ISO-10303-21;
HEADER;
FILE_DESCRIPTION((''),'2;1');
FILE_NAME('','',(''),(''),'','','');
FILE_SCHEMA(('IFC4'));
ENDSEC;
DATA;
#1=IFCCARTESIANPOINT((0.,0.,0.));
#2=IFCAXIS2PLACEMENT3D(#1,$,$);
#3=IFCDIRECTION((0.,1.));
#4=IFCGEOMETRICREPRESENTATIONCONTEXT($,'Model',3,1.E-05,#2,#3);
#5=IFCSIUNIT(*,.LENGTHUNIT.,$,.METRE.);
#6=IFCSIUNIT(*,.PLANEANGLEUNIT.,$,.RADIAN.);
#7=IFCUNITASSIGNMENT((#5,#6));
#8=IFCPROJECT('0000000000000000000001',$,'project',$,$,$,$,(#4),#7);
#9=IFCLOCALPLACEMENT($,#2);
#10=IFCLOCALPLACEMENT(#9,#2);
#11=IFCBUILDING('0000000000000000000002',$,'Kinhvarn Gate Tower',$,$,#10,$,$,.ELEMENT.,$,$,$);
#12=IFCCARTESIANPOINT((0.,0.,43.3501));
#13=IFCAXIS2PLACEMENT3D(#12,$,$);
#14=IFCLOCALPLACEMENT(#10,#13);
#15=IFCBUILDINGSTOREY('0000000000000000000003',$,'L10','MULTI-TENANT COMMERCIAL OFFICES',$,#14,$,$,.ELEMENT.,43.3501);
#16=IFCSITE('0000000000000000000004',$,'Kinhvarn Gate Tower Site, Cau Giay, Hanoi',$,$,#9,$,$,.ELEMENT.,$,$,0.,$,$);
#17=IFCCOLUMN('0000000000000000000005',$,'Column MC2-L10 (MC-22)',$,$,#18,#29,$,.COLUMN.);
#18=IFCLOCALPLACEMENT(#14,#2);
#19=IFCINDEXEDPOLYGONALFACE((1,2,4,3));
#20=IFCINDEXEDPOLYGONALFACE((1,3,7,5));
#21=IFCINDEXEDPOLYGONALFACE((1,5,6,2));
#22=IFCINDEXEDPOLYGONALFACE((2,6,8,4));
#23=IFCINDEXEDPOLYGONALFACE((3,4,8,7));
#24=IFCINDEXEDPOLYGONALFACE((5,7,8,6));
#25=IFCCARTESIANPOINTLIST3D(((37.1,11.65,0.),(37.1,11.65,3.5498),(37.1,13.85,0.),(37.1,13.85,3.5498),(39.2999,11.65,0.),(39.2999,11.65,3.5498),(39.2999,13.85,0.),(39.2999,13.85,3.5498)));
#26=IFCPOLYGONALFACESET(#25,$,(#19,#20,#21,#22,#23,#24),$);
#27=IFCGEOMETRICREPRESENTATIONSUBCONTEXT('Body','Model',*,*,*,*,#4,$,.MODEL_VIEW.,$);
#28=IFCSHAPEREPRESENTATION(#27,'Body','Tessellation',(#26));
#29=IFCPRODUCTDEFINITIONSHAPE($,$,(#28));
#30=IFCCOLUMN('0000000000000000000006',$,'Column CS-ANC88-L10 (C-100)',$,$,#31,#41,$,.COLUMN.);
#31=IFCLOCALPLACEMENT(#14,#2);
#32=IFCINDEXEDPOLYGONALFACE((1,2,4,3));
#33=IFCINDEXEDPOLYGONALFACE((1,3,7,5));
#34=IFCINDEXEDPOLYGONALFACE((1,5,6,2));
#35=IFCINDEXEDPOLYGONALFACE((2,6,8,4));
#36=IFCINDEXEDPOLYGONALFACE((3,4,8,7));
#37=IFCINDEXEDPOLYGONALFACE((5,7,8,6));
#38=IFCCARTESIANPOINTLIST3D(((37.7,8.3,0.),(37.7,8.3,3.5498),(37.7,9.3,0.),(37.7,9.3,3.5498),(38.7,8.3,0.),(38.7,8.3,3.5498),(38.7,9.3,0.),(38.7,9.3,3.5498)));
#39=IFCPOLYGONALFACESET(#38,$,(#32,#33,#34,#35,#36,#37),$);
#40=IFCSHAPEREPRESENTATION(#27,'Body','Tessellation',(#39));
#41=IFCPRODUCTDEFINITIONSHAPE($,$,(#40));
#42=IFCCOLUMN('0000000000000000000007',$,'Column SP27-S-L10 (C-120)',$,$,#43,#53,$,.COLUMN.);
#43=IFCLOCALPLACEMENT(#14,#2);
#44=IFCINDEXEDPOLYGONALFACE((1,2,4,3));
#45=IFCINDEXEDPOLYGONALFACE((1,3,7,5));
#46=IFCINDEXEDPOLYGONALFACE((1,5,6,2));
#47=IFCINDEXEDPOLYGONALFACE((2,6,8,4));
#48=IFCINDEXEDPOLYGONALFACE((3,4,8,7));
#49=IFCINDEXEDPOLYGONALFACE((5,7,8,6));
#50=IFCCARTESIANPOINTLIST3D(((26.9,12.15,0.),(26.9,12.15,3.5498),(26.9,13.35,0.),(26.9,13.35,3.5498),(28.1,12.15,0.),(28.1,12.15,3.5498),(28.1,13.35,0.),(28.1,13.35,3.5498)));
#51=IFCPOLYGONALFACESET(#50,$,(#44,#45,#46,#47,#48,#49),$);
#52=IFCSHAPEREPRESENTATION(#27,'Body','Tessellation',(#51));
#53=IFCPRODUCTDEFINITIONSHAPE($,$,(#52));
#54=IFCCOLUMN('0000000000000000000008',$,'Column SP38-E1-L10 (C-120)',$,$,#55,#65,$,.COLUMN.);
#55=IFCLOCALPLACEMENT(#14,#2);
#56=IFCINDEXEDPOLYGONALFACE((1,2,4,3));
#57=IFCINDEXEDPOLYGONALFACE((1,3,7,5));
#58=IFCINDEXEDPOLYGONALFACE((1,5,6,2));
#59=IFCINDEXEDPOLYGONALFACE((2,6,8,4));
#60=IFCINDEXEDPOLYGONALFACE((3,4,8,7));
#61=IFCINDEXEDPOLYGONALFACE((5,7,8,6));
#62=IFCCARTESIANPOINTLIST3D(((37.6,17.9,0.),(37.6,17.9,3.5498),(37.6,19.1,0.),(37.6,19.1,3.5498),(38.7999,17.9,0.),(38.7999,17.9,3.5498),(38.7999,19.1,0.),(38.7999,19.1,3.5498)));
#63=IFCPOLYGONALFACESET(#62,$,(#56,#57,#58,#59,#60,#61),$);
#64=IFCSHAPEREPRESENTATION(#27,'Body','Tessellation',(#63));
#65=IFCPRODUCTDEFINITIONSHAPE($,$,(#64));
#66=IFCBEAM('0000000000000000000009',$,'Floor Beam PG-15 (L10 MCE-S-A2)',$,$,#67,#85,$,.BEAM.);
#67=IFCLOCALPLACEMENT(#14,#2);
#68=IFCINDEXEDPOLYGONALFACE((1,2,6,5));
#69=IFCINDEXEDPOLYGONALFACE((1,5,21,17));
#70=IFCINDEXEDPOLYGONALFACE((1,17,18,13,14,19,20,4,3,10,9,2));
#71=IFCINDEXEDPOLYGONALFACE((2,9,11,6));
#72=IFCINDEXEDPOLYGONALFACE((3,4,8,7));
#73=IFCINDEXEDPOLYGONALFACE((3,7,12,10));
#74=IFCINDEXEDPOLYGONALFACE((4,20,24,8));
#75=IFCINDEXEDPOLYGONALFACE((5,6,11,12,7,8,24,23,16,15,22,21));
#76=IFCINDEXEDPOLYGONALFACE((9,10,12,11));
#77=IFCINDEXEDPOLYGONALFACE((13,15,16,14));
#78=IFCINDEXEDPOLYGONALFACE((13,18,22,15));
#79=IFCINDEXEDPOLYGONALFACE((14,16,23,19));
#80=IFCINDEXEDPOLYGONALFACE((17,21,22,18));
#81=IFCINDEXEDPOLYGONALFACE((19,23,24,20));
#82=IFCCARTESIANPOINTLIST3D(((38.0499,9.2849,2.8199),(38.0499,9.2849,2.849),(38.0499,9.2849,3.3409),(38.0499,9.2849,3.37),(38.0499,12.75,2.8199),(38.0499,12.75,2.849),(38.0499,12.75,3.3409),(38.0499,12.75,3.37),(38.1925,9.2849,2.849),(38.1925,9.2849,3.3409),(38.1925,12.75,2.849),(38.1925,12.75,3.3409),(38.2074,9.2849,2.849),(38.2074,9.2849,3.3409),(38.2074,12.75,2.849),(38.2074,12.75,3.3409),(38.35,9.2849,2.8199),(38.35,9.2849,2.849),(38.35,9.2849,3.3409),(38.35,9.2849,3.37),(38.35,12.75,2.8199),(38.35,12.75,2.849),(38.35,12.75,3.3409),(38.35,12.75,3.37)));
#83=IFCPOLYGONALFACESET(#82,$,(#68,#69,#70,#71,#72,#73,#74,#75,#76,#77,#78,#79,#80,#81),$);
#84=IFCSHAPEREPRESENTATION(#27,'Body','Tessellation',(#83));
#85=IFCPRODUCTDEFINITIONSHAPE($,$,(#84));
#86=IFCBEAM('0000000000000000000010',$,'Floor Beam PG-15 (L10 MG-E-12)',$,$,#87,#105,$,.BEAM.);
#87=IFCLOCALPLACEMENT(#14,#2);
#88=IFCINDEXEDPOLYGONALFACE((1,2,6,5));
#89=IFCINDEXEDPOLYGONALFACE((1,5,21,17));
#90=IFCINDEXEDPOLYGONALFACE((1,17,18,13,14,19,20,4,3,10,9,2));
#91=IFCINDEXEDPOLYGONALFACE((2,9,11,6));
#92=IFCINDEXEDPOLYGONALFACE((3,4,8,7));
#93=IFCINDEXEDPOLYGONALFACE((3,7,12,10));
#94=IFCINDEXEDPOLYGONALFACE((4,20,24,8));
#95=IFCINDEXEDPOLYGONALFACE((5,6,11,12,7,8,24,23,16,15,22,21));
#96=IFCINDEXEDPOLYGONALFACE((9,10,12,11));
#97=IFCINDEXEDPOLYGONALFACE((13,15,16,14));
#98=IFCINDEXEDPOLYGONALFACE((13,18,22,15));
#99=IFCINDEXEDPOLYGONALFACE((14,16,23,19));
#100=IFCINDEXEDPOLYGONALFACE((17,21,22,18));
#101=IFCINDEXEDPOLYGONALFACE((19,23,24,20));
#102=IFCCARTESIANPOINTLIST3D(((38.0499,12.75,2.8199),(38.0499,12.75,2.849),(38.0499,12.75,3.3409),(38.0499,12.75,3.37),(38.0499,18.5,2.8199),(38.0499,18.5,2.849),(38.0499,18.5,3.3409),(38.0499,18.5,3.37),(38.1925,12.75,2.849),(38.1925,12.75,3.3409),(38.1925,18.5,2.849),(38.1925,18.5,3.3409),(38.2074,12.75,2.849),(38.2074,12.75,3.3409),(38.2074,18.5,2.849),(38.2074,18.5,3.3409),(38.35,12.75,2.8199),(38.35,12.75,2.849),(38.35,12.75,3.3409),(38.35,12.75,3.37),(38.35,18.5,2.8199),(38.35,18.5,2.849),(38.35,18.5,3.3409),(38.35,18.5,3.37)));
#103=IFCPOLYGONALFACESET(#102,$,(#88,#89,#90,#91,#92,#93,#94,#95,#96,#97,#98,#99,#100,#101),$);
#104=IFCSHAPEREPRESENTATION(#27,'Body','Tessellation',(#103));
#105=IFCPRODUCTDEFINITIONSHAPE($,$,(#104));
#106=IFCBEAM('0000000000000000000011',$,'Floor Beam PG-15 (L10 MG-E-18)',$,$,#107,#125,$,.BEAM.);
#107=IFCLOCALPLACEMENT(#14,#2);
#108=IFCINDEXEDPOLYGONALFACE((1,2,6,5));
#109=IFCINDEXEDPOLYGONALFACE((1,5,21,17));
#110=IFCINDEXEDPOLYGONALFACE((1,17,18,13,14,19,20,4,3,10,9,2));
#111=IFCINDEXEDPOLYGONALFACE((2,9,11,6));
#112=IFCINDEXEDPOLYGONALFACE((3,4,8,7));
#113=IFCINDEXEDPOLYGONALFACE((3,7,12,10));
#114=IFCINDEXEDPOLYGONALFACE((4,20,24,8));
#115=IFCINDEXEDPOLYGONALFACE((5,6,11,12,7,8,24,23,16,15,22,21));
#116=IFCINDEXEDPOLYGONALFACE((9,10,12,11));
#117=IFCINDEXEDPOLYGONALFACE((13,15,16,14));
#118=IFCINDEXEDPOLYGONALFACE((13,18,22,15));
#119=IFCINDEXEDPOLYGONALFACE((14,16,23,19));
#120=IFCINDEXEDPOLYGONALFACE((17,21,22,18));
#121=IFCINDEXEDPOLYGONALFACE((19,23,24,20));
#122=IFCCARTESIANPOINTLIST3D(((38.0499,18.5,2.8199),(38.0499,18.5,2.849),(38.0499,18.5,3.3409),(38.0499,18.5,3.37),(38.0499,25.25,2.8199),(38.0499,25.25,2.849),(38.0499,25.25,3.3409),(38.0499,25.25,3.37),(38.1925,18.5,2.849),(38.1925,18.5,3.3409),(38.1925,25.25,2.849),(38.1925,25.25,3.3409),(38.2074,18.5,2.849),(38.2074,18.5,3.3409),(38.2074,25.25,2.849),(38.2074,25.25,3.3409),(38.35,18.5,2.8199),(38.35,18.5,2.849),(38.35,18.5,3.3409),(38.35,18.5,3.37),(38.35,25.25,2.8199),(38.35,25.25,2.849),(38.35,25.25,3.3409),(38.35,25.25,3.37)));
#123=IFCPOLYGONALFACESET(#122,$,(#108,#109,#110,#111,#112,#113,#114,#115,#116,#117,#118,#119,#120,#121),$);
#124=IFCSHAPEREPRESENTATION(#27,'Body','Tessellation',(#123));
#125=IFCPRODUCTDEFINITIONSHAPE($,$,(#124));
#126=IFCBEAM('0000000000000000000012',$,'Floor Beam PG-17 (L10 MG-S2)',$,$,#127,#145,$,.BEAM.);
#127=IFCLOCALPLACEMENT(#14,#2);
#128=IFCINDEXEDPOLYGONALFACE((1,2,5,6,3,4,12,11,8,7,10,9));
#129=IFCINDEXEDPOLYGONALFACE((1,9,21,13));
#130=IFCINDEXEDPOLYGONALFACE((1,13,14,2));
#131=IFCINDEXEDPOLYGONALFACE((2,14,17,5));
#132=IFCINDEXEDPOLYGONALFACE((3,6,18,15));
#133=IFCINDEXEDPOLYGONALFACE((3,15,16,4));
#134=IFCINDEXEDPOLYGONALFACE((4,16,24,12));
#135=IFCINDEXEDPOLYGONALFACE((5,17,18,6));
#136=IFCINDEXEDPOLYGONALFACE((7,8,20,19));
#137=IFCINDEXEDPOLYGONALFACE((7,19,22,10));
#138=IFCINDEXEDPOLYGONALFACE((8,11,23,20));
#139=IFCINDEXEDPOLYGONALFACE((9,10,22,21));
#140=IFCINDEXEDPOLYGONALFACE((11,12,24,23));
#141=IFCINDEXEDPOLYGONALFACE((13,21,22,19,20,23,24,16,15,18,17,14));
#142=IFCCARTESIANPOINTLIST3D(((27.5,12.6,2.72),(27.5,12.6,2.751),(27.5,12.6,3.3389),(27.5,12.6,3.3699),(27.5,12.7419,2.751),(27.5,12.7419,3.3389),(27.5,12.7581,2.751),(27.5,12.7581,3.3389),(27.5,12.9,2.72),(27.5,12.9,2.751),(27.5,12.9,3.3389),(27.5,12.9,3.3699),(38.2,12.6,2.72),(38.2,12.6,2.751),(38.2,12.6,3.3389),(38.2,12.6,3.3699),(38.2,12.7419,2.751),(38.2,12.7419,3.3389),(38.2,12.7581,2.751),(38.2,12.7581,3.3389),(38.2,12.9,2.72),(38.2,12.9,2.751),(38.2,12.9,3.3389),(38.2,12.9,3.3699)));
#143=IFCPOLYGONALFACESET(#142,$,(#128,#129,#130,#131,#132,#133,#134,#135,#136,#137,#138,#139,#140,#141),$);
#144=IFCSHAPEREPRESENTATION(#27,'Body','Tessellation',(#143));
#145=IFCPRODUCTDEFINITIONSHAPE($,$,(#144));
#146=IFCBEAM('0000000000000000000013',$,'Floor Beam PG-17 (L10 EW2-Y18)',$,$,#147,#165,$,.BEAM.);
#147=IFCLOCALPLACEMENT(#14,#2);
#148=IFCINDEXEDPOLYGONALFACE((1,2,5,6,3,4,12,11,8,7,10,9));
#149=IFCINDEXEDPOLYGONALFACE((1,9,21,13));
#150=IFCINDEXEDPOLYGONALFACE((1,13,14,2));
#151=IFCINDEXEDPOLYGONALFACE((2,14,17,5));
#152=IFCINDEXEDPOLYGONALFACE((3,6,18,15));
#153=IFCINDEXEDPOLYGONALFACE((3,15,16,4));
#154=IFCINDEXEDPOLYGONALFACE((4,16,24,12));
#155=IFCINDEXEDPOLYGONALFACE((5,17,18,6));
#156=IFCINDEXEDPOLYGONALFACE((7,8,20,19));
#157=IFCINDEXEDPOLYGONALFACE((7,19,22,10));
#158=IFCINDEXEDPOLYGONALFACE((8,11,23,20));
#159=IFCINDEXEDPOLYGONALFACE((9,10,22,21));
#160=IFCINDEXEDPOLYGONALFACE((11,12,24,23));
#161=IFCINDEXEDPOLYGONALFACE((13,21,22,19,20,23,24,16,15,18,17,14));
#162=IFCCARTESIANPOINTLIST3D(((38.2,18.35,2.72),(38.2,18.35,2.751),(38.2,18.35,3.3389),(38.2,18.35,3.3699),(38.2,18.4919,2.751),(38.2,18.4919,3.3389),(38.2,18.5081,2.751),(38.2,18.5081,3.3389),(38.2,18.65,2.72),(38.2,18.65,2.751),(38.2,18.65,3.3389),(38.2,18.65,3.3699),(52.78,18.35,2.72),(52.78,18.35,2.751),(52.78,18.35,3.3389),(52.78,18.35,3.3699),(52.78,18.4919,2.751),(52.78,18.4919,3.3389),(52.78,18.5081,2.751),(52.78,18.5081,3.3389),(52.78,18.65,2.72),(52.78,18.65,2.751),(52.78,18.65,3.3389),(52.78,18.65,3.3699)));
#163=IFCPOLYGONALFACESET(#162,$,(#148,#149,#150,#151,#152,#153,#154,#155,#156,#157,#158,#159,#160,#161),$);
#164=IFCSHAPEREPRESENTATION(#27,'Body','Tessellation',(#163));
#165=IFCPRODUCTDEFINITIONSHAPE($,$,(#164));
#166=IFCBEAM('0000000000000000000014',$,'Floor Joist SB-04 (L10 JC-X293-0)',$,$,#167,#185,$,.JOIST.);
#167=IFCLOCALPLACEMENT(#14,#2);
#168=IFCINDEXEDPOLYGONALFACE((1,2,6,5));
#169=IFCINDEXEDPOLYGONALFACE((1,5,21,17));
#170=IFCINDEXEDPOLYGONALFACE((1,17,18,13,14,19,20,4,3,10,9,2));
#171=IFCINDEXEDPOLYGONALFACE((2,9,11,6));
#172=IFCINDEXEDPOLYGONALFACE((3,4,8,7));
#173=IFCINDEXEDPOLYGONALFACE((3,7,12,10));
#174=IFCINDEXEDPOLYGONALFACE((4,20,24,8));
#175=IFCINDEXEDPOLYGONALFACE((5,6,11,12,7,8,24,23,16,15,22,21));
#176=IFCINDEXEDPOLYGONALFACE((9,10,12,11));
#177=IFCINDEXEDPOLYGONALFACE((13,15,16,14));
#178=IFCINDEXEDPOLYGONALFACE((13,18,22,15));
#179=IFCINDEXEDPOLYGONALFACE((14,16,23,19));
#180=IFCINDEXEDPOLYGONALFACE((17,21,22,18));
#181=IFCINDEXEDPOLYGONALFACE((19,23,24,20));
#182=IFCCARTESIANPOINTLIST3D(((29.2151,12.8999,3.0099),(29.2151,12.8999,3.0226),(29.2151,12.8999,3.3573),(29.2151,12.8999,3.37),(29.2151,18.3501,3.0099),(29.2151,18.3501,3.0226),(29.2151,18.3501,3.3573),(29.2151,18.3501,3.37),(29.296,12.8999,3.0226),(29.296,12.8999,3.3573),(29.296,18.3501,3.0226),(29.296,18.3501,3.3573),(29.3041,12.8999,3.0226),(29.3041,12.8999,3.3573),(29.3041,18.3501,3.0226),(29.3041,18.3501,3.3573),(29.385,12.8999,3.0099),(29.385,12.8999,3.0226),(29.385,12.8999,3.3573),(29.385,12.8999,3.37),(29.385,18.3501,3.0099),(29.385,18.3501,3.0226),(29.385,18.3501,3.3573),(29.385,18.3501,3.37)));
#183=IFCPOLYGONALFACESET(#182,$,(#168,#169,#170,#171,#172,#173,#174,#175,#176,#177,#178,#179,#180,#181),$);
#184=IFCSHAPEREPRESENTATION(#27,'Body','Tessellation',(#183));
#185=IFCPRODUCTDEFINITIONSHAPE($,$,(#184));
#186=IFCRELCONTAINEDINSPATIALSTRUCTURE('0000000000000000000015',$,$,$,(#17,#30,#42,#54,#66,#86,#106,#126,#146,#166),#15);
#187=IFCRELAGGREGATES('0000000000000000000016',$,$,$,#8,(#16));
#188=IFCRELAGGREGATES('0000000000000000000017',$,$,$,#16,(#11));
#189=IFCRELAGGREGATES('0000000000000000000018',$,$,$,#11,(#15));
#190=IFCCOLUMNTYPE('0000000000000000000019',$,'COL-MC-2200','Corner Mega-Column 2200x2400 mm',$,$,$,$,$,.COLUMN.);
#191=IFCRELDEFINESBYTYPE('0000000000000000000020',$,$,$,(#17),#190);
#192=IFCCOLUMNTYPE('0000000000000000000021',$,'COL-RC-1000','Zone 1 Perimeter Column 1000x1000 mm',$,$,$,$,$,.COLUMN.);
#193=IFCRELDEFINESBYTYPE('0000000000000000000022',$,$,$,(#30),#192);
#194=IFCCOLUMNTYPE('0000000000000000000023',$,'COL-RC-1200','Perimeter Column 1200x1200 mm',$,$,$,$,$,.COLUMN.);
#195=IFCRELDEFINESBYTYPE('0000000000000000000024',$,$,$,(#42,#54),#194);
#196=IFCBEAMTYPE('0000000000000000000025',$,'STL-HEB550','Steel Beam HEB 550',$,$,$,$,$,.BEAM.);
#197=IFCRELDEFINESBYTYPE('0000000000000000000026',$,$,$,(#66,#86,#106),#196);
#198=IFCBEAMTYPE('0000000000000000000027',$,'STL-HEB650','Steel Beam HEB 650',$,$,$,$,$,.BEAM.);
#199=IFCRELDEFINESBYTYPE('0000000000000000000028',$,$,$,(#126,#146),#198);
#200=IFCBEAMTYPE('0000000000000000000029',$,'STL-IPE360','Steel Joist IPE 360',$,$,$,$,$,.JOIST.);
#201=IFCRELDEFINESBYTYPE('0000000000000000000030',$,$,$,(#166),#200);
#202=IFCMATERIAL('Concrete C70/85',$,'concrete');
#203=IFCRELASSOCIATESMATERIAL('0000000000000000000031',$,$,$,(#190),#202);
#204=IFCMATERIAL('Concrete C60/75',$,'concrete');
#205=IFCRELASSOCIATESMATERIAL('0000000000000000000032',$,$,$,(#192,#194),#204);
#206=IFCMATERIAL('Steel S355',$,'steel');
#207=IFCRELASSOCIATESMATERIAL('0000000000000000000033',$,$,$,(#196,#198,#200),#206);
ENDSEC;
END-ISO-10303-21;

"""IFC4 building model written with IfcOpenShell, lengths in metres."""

from ifc_helpers import new_model, si_unit, direction, frame, origin, origin_2d, place, context, subcontext, project, spatial, rectangle, i_section, extrude, material, material_profile, profile_set, type_object, element, save


model = new_model("IFC4")

# Units and contexts
model_context = context("Model", 3, precision=1e-05, world=origin(), true_north=direction((0.0, 1.0)))
body_context = subcontext(model_context, "Body", "Model", "MODEL_VIEW")
ifc_project = project(units=[si_unit("LENGTHUNIT", "METRE"), si_unit("PLANEANGLEUNIT", "RADIAN")], contexts=[model_context])

# Site, building, storey
site_placement = place(None, origin())
site = spatial("IfcSite", under=ifc_project, at=site_placement, Name="Kinhvarn Gate Tower Site, Cau Giay, Hanoi", CompositionType="ELEMENT", RefElevation=0.0)
building_placement = place(site_placement, origin())
building = spatial("IfcBuilding", under=site, at=building_placement, Name="Kinhvarn Gate Tower", CompositionType="ELEMENT")
storey_placement = place(building_placement, frame((0.0, 0.0, 43.3501)))
storey = spatial("IfcBuildingStorey", under=building, at=storey_placement, Name="L10", Description="MULTI-TENANT COMMERCIAL OFFICES", CompositionType="ELEMENT", Elevation=43.3501)

# Columns
ifc_material_1 = material(Name="Concrete C70/85", Category="concrete")
ifc_material_profile_1 = material_profile(ifc_material_1, rectangle(XDim=2.2, YDim=2.2, at=origin_2d()), Name="RC 2200x2200")
ifc_profile_set_1 = profile_set([ifc_material_profile_1], Name="Concrete C70/85")
column_type_1 = type_object("IfcColumnType", Name="COL-MC-2200", Description="Corner Mega-Column 2200x2400 mm", PredefinedType="COLUMN", material=ifc_profile_set_1)
column_1_placement = place(storey_placement, frame((38.2, 12.75, 0.0), z_axis=(0.0, 0.0, 1.0), x_axis=(1.0, 0.0, 0.0)))
element("IfcColumn", 1, at=column_1_placement, inside=storey, type_object=column_type_1, Name="Column MC2-L10 (MC-22)", PredefinedType="COLUMN", context=body_context, shape_type="SweptSolid", body=[
    extrude(rectangle(XDim=2.2, YDim=2.2, at=origin_2d()), origin(), (0.0, 0.0, 1.0), 3.5498),
])
ifc_material_2 = material(Name="Concrete C60/75", Category="concrete")
ifc_material_profile_2 = material_profile(ifc_material_2, rectangle(XDim=1.0, YDim=1.0, at=origin_2d()), Name="RC 1000x1000")
ifc_profile_set_2 = profile_set([ifc_material_profile_2], Name="Concrete C60/75")
column_type_2 = type_object("IfcColumnType", Name="COL-RC-1000", Description="Zone 1 Perimeter Column 1000x1000 mm", PredefinedType="COLUMN", material=ifc_profile_set_2)
column_2_placement = place(storey_placement, frame((38.2, 8.8, 0.0), z_axis=(0.0, 0.0, 1.0), x_axis=(1.0, 0.0, 0.0)))
element("IfcColumn", 2, at=column_2_placement, inside=storey, type_object=column_type_2, Name="Column CS-ANC88-L10 (C-100)", PredefinedType="COLUMN", context=body_context, shape_type="SweptSolid", body=[
    extrude(rectangle(XDim=1.0, YDim=1.0, at=origin_2d()), origin(), (0.0, 0.0, 1.0), 3.5498),
])
ifc_material_profile_3 = material_profile(ifc_material_2, rectangle(XDim=1.2, YDim=1.2, at=origin_2d()), Name="RC 1200x1200")
ifc_profile_set_3 = profile_set([ifc_material_profile_3], Name="Concrete C60/75")
column_type_3 = type_object("IfcColumnType", Name="COL-RC-1200", Description="Perimeter Column 1200x1200 mm", PredefinedType="COLUMN", material=ifc_profile_set_3)
for number, where, z_axis, x_axis, name in (
    (3, (27.5, 12.75, 0.0), (0.0, 0.0, 1.0), (1.0, 0.0, 0.0), "Column SP27-S-L10 (C-120)"),
    (4, (38.2, 18.5, 0.0), (0.0, 0.0, 1.0), (1.0, 0.0, 0.0), "Column SP38-E1-L10 (C-120)"),
):
    element("IfcColumn", number, at=place(storey_placement, frame(where, z_axis=z_axis, x_axis=x_axis)), inside=storey, type_object=column_type_3, Name=name, PredefinedType="COLUMN", context=body_context, shape_type="SweptSolid", body=[
        extrude(rectangle(XDim=1.2, YDim=1.2, at=origin_2d()), origin(), (0.0, 0.0, 1.0), 3.5498),
    ])

# Beams
ifc_material_3 = material(Name="Steel S355", Category="steel")
ifc_material_profile_4 = material_profile(ifc_material_3, i_section(OverallWidth=0.3, OverallDepth=0.55, WebThickness=0.0149, FlangeThickness=0.0291, at=origin_2d()), Name="HEB 550")
ifc_profile_set_4 = profile_set([ifc_material_profile_4], Name="Steel S355")
beam_type_1 = type_object("IfcBeamType", Name="STL-HEB550", Description="Steel Beam HEB 550", PredefinedType="BEAM", material=ifc_profile_set_4)
beam_1_placement = place(storey_placement, frame((38.2, 9.2849, 3.095), z_axis=(0.0, 1.0, 0.0), x_axis=(-1.0, 0.0, 0.0)))
element("IfcBeam", 5, at=beam_1_placement, inside=storey, type_object=beam_type_1, Name="Floor Beam PG-15 (L10 MCE-S-A2)", PredefinedType="BEAM", context=body_context, shape_type="SweptSolid", body=[
    extrude(i_section(OverallWidth=0.3, OverallDepth=0.55, WebThickness=0.0149, FlangeThickness=0.0291, at=origin_2d()), origin(), (0.0, 0.0, 1.0), 3.4651),
])
beam_2_placement = place(storey_placement, frame((38.2, 12.75, 3.095), z_axis=(0.0, 1.0, 0.0), x_axis=(-1.0, 0.0, 0.0)))
element("IfcBeam", 6, at=beam_2_placement, inside=storey, type_object=beam_type_1, Name="Floor Beam PG-15 (L10 MG-E-12)", PredefinedType="BEAM", context=body_context, shape_type="SweptSolid", body=[
    extrude(i_section(OverallWidth=0.3, OverallDepth=0.55, WebThickness=0.0149, FlangeThickness=0.0291, at=origin_2d()), origin(), (0.0, 0.0, 1.0), 5.75),
])
beam_3_placement = place(storey_placement, frame((38.2, 18.5, 3.095), z_axis=(0.0, 1.0, 0.0), x_axis=(-1.0, 0.0, 0.0)))
element("IfcBeam", 7, at=beam_3_placement, inside=storey, type_object=beam_type_1, Name="Floor Beam PG-15 (L10 MG-E-18)", PredefinedType="BEAM", context=body_context, shape_type="SweptSolid", body=[
    extrude(i_section(OverallWidth=0.3, OverallDepth=0.55, WebThickness=0.0149, FlangeThickness=0.0291, at=origin_2d()), origin(), (0.0, 0.0, 1.0), 6.75),
])
ifc_material_profile_5 = material_profile(ifc_material_3, i_section(OverallWidth=0.3, OverallDepth=0.6499, WebThickness=0.0161, FlangeThickness=0.031, at=origin_2d()), Name="HEB 650")
ifc_profile_set_5 = profile_set([ifc_material_profile_5], Name="Steel S355")
beam_type_2 = type_object("IfcBeamType", Name="STL-HEB650", Description="Steel Beam HEB 650", PredefinedType="BEAM", material=ifc_profile_set_5)
beam_4_placement = place(storey_placement, frame((27.5, 12.75, 3.0449), z_axis=(1.0, 0.0, 0.0), x_axis=(0.0, 1.0, 0.0)))
element("IfcBeam", 8, at=beam_4_placement, inside=storey, type_object=beam_type_2, Name="Floor Beam PG-17 (L10 MG-S2)", PredefinedType="BEAM", context=body_context, shape_type="SweptSolid", body=[
    extrude(i_section(OverallWidth=0.3, OverallDepth=0.6499, WebThickness=0.0161, FlangeThickness=0.031, at=origin_2d()), origin(), (0.0, 0.0, 1.0), 10.7),
])
beam_5_placement = place(storey_placement, frame((38.2, 18.5, 3.0449), z_axis=(1.0, 0.0, 0.0), x_axis=(0.0, 1.0, 0.0)))
element("IfcBeam", 9, at=beam_5_placement, inside=storey, type_object=beam_type_2, Name="Floor Beam PG-17 (L10 EW2-Y18)", PredefinedType="BEAM", context=body_context, shape_type="SweptSolid", body=[
    extrude(i_section(OverallWidth=0.3, OverallDepth=0.6499, WebThickness=0.0161, FlangeThickness=0.031, at=origin_2d()), origin(), (0.0, 0.0, 1.0), 14.5801),
])
ifc_material_profile_6 = material_profile(ifc_material_3, i_section(OverallWidth=0.1699, OverallDepth=0.3601, WebThickness=0.0081, FlangeThickness=0.0127, at=origin_2d()), Name="IPE 360")
ifc_profile_set_6 = profile_set([ifc_material_profile_6], Name="Steel S355")
beam_type_3 = type_object("IfcBeamType", Name="STL-IPE360", Description="Steel Joist IPE 360", PredefinedType="JOIST", material=ifc_profile_set_6)
beam_6_placement = place(storey_placement, frame((29.3, 12.8999, 3.1899), z_axis=(0.0, 1.0, 0.0), x_axis=(-1.0, 0.0, 0.0)))
element("IfcBeam", 10, at=beam_6_placement, inside=storey, type_object=beam_type_3, Name="Floor Joist SB-04 (L10 JC-X293-0)", PredefinedType="JOIST", context=body_context, shape_type="SweptSolid", body=[
    extrude(i_section(OverallWidth=0.1699, OverallDepth=0.3601, WebThickness=0.0081, FlangeThickness=0.0127, at=origin_2d()), origin(), (0.0, 0.0, 1.0), 5.4502),
])

save(model, "model.ifc")
